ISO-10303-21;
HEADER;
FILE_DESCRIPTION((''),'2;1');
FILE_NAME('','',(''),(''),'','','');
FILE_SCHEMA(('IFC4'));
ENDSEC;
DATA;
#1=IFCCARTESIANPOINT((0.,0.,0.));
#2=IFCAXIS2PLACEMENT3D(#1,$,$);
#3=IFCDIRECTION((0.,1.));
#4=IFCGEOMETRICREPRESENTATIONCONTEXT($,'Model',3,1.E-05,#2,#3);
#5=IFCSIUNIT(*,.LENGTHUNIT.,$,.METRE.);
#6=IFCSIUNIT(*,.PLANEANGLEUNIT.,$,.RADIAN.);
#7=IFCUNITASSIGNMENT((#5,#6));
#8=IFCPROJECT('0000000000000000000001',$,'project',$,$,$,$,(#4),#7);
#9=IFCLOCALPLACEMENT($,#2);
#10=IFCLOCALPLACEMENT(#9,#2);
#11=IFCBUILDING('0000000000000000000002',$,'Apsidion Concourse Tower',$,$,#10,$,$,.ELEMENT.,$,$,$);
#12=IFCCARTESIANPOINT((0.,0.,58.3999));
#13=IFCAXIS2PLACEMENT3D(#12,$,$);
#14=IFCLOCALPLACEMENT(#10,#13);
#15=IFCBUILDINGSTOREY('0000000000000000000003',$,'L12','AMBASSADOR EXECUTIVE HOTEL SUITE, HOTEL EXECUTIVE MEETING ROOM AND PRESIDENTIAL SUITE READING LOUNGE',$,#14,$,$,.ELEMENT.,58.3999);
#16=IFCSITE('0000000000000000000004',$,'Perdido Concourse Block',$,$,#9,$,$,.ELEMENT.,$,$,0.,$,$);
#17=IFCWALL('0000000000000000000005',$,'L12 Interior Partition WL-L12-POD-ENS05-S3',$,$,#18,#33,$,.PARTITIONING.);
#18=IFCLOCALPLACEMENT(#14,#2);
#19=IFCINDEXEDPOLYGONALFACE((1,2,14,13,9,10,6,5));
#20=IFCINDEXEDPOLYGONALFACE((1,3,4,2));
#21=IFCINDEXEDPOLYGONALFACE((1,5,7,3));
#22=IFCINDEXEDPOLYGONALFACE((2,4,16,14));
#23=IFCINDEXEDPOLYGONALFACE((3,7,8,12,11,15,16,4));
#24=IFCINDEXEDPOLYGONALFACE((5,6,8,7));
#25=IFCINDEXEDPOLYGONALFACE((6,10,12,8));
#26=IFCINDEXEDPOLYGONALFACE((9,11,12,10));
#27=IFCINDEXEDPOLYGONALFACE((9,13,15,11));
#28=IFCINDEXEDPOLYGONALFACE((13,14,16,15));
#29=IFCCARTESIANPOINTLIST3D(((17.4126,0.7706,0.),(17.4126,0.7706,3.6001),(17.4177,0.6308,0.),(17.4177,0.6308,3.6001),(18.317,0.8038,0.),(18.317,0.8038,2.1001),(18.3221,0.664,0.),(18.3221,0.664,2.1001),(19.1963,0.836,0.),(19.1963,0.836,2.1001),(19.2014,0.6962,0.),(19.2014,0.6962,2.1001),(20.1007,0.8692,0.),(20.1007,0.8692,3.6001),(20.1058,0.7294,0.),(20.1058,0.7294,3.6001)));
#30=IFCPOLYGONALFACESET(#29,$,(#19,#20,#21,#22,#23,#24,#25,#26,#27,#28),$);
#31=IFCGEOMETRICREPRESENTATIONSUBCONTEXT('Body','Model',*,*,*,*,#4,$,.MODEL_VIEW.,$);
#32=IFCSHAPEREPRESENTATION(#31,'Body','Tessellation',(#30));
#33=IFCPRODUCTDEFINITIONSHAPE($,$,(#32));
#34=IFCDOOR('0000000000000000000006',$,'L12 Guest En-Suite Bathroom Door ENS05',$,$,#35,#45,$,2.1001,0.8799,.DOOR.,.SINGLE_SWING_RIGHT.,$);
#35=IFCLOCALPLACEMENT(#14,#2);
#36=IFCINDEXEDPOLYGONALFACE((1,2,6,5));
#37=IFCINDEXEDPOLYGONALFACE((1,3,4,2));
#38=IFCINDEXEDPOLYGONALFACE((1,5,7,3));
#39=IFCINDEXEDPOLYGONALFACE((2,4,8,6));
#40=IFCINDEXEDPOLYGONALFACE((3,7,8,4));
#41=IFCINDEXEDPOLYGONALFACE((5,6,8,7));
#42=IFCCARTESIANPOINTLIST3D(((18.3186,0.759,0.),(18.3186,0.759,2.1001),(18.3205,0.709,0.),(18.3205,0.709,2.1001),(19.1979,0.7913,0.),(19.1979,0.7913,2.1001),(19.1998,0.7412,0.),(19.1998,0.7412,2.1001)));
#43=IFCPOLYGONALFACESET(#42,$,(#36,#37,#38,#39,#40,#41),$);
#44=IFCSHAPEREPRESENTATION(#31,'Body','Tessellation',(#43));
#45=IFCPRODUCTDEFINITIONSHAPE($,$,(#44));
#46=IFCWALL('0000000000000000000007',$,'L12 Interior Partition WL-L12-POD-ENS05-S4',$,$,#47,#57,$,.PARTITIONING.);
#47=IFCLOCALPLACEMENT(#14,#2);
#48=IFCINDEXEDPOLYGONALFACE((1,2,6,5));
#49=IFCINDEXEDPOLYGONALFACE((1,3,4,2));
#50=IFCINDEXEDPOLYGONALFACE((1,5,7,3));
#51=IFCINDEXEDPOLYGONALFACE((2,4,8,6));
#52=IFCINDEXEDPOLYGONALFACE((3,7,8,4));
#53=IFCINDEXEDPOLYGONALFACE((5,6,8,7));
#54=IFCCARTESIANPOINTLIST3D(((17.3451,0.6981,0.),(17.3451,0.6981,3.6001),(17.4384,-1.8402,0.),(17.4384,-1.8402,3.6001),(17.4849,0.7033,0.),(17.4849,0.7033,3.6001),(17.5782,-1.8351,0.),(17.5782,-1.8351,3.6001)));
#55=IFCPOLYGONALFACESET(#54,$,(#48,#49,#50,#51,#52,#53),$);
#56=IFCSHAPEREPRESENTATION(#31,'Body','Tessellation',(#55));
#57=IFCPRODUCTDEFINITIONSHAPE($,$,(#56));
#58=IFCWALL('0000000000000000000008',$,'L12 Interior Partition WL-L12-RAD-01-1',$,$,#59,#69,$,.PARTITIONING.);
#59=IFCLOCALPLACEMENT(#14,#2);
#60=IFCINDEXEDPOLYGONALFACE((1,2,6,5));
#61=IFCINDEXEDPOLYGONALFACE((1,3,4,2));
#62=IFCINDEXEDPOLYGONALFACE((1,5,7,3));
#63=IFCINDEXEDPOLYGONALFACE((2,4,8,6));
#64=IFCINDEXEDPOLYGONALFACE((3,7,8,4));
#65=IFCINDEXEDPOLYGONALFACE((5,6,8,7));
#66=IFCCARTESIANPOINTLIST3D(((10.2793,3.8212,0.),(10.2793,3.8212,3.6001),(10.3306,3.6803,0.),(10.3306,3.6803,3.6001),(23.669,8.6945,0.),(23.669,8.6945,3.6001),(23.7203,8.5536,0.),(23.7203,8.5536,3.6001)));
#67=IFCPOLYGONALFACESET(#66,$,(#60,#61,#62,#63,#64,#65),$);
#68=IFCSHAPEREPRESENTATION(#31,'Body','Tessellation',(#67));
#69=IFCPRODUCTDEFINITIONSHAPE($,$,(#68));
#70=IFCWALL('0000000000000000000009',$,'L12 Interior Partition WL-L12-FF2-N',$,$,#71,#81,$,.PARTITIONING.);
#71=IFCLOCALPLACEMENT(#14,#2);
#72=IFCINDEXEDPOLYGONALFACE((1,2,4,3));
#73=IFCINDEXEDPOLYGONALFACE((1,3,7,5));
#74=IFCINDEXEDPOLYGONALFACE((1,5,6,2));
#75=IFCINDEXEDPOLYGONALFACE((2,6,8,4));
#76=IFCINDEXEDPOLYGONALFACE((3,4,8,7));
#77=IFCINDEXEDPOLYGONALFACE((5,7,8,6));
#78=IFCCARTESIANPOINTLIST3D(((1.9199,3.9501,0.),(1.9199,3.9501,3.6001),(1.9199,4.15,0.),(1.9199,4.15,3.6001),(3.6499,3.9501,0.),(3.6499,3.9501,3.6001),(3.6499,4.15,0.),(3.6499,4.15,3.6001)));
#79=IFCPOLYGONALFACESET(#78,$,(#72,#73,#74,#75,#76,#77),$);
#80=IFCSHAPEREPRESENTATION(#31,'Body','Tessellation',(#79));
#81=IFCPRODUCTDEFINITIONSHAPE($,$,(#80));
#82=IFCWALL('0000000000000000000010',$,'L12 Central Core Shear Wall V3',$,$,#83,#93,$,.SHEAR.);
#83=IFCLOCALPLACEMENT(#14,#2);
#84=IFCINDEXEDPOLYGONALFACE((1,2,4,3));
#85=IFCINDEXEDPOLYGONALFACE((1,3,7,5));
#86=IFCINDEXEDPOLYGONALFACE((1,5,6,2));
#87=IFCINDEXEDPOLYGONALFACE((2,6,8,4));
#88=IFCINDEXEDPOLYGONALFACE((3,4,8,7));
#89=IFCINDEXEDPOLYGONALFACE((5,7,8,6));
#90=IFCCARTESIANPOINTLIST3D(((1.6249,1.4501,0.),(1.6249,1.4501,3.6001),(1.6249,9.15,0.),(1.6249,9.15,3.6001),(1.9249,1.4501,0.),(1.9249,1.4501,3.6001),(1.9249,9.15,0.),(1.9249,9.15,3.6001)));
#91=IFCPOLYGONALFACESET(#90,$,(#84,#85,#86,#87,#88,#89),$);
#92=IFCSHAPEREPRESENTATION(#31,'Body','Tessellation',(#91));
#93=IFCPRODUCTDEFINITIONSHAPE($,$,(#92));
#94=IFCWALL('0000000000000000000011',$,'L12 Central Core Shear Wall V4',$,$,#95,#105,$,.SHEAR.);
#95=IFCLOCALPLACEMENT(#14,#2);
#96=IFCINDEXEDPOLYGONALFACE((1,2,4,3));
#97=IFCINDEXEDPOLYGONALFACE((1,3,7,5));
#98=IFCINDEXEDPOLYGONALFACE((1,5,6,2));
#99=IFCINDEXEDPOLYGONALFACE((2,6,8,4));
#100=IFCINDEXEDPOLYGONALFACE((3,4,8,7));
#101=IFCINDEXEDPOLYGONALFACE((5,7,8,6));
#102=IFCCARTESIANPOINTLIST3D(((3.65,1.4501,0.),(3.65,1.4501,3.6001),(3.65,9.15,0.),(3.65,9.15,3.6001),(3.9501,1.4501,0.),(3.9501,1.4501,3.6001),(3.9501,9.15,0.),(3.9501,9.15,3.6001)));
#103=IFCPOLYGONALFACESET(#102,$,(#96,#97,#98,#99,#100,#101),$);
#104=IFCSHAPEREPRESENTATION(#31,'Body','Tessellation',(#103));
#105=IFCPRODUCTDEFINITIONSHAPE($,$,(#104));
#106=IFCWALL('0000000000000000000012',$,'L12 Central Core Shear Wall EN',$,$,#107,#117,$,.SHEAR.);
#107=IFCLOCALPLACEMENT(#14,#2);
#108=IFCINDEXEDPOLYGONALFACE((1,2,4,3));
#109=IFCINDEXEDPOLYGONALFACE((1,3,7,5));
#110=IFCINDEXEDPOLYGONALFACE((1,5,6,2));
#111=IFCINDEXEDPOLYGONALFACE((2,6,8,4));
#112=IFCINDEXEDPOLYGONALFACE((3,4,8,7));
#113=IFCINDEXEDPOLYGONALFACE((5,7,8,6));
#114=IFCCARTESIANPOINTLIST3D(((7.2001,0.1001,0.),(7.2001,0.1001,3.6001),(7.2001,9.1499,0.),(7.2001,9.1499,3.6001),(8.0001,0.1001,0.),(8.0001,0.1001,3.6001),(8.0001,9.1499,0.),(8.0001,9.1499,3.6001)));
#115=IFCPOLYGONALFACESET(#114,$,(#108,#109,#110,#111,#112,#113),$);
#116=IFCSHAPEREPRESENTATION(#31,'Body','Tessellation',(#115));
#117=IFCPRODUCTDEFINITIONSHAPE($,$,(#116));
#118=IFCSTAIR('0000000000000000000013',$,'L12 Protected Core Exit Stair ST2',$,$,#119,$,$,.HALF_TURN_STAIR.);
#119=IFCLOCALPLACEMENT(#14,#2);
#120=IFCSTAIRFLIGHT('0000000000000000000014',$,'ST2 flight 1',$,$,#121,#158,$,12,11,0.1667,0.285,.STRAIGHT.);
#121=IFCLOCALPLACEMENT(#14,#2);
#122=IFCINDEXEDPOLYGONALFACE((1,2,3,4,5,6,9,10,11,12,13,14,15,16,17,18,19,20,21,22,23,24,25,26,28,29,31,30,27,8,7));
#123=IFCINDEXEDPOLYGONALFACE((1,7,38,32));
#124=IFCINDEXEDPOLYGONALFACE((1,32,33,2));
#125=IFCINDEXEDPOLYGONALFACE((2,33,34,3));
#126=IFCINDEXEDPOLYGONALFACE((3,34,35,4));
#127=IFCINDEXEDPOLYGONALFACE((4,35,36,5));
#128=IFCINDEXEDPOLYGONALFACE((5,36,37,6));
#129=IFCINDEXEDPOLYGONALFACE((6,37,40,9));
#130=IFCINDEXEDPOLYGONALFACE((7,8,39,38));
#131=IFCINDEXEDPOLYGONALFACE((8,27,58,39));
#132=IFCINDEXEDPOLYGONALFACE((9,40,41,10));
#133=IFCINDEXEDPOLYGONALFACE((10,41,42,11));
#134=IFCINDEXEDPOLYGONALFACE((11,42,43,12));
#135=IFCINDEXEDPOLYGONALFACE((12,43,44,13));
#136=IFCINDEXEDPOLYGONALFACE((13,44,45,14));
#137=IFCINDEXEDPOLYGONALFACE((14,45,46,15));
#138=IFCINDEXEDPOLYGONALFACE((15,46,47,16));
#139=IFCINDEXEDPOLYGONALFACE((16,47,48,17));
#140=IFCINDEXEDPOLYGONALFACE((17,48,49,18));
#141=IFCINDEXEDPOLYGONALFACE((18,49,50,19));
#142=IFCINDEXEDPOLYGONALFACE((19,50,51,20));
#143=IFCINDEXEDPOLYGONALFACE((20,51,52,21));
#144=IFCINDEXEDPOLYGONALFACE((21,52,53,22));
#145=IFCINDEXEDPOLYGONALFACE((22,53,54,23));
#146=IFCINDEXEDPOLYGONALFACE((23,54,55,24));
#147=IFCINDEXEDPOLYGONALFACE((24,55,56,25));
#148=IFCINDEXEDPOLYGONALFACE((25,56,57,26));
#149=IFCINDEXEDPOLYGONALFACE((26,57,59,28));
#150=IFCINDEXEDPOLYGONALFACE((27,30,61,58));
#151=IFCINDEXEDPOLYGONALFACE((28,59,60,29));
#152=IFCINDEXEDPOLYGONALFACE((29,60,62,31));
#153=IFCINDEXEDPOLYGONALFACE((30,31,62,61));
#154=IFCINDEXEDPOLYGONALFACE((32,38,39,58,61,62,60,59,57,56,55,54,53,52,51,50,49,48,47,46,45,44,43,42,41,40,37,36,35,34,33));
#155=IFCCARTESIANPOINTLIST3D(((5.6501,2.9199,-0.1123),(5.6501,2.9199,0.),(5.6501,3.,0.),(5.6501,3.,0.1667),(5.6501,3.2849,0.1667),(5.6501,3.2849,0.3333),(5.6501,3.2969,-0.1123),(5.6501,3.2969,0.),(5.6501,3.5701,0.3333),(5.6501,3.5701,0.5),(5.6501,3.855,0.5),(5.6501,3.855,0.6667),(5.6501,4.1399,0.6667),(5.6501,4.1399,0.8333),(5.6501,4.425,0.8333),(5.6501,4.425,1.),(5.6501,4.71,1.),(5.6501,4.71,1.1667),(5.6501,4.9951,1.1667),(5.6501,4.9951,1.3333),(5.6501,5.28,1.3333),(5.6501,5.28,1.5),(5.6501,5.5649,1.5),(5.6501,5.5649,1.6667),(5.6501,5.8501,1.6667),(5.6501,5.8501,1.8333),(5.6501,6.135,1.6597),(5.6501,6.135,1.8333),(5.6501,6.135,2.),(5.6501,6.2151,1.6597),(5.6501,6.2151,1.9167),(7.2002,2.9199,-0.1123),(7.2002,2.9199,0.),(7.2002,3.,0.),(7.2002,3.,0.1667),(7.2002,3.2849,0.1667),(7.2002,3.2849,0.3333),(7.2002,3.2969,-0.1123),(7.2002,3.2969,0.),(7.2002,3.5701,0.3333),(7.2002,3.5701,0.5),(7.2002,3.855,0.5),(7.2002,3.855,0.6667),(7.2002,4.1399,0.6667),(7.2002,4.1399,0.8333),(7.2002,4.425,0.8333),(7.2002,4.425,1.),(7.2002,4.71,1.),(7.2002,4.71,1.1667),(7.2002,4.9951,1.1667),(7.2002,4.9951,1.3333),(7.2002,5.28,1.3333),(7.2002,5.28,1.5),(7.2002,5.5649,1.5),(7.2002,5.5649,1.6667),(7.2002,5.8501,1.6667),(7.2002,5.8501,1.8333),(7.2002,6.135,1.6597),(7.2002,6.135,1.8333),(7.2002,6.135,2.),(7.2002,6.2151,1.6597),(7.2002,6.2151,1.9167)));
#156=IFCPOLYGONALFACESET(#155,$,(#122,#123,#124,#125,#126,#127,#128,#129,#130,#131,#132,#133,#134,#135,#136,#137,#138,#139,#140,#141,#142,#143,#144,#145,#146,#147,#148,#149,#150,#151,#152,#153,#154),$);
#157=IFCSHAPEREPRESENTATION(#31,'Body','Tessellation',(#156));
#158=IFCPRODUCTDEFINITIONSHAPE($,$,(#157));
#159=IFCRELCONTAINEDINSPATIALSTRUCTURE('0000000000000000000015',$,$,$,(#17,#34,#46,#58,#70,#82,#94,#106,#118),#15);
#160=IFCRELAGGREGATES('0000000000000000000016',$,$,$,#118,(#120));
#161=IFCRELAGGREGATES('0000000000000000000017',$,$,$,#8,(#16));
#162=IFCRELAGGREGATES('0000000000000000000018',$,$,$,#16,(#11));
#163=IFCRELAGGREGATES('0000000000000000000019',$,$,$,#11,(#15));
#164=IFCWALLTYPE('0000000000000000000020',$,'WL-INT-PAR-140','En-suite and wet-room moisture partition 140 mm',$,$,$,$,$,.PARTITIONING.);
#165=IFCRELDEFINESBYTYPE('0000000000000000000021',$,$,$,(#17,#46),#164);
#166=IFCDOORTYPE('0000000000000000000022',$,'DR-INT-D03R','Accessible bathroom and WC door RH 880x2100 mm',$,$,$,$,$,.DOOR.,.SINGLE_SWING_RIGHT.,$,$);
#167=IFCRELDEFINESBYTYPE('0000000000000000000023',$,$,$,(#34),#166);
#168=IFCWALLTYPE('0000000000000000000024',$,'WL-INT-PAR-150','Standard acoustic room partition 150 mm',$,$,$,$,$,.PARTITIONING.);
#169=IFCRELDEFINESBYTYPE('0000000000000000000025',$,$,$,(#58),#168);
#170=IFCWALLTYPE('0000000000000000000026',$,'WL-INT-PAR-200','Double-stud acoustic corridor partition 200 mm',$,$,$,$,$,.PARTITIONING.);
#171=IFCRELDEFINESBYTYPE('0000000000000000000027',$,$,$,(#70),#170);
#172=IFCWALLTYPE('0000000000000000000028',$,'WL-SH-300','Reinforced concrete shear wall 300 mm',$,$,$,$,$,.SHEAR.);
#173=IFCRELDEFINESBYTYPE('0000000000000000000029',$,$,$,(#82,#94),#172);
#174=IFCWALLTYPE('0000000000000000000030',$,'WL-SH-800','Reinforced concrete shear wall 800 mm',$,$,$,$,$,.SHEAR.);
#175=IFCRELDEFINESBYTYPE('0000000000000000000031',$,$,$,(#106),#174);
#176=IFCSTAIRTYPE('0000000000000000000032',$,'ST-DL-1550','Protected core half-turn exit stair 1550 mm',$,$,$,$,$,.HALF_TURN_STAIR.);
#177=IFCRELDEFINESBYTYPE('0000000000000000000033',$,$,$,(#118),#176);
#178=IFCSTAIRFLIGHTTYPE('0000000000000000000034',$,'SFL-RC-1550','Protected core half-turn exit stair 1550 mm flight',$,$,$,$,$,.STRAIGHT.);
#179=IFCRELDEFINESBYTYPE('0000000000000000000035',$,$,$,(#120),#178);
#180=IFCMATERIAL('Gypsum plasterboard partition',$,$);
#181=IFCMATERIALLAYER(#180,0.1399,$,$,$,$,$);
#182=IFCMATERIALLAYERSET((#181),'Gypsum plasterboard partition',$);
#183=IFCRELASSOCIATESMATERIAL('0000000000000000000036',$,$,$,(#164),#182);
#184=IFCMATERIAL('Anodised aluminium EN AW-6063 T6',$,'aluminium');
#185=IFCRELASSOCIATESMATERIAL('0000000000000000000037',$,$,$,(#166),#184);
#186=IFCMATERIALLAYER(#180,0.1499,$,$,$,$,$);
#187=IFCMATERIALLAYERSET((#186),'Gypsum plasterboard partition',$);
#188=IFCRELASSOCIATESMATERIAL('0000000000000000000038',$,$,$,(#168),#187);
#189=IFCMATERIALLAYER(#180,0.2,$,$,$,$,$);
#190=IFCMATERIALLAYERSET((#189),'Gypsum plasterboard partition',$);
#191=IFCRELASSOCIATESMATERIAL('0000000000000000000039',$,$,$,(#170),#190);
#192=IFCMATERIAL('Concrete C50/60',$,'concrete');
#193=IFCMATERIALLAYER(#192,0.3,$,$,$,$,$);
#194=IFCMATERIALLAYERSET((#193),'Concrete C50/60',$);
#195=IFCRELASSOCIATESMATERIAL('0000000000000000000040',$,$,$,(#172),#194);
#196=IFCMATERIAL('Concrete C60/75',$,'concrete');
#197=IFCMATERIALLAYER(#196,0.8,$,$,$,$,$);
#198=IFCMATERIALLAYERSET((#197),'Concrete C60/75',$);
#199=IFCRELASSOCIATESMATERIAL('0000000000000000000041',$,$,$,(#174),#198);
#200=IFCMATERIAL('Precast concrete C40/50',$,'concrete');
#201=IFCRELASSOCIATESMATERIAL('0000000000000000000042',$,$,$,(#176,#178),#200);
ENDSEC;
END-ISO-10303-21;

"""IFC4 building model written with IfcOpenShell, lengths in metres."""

from ifc_helpers import new_model, si_unit, direction, frame, frame_2d, origin, place, context, subcontext, project, spatial, polyline, rectangle, outline, extrude, material, layer, layer_set, type_object, element, fill, aggregate, save


model = new_model("IFC4")

# Units and contexts
model_context = context("Model", 3, precision=1e-05, world=origin(), true_north=direction((0.0, 1.0)))
body_context = subcontext(model_context, "Body", "Model", "MODEL_VIEW")
ifc_project = project(units=[si_unit("LENGTHUNIT", "METRE"), si_unit("PLANEANGLEUNIT", "RADIAN")], contexts=[model_context])

# Site, building, storey
site_placement = place(None, origin())
site = spatial("IfcSite", under=ifc_project, at=site_placement, Name="Perdido Concourse Block", CompositionType="ELEMENT", RefElevation=0.0)
building_placement = place(site_placement, origin())
building = spatial("IfcBuilding", under=site, at=building_placement, Name="Apsidion Concourse Tower", CompositionType="ELEMENT")
storey_placement = place(building_placement, frame((0.0, 0.0, 58.3999)))
storey = spatial("IfcBuildingStorey", under=building, at=storey_placement, Name="L12", Description="AMBASSADOR EXECUTIVE HOTEL SUITE, HOTEL EXECUTIVE MEETING ROOM AND PRESIDENTIAL SUITE READING LOUNGE", CompositionType="ELEMENT", Elevation=58.3999)

# Shared definitions
ifc_material_1 = material(Name="Concrete C60/75", Category="concrete")

# Wall, opening, door
ifc_material_2 = material(Name="Gypsum plasterboard partition")
ifc_layer_1 = layer(ifc_material_2, 0.1399)
ifc_layer_set_1 = layer_set([ifc_layer_1], Name="Gypsum plasterboard partition")
wall_type_1 = type_object("IfcWallType", Name="WL-INT-PAR-140", Description="En-suite and wet-room moisture partition 140 mm", PredefinedType="PARTITIONING", material=ifc_layer_set_1)
wall_1_placement = place(storey_placement, frame((20.1033, 0.7993, 0.0), z_axis=(0.0, 0.0, 1.0), x_axis=(-0.999328, -0.036666, 0.0)))
wall_1 = element("IfcWall", 1, at=wall_1_placement, inside=storey, type_object=wall_type_1, Name="L12 Interior Partition WL-L12-POD-ENS05-S3", PredefinedType="PARTITIONING", context=body_context, shape_type="SweptSolid", body=[
    extrude(rectangle(XDim=2.6899, YDim=0.1399, at=frame_2d((1.345, 0.0))), origin(), (0.0, 0.0, 1.0), 3.6001),
])
opening_placement = place(wall_1_placement, frame((0.905, 0.0, 0.0)))
opening = element("IfcOpeningElement", 2, at=opening_placement, cuts=wall_1, PredefinedType="OPENING", context=body_context, shape_type="SweptSolid", body=[
    extrude(rectangle(XDim=0.8799, YDim=2.1001, at=frame_2d((0.4399, 1.05))), frame((0.0, 0.0801, 0.0), z_axis=(0.0, -1.0, 0.0), x_axis=(1.0, 0.0, 0.0)), (0.0, 0.0, 1.0), 0.1599),
])
ifc_material_3 = material(Name="Anodised aluminium EN AW-6063 T6", Category="aluminium")
door_type = type_object("IfcDoorType", Name="DR-INT-D03R", Description="Accessible bathroom and WC door RH 880x2100 mm", OperationType="SINGLE_SWING_RIGHT", PredefinedType="DOOR", material=ifc_material_3)
door_placement = place(opening_placement, origin())
door = element("IfcDoor", 3, at=door_placement, inside=storey, type_object=door_type, Name="L12 Guest En-Suite Bathroom Door ENS05", OperationType="SINGLE_SWING_RIGHT", OverallHeight=2.1001, OverallWidth=0.8799, PredefinedType="DOOR", context=body_context, shape_type="SweptSolid", body=[
    extrude(rectangle(XDim=0.8799, YDim=2.1001, at=frame_2d((0.4399, 1.05))), frame((0.0, 0.0249, 0.0), z_axis=(0.0, -1.0, 0.0), x_axis=(1.0, 0.0, 0.0)), (0.0, 0.0, 1.0), 0.05),
])
fill(opening, door)

# Walls
wall_2_placement = place(storey_placement, frame((17.415, 0.7007, 0.0), z_axis=(0.0, 0.0, 1.0), x_axis=(0.036717, -0.999326, 0.0)))
element("IfcWall", 4, at=wall_2_placement, inside=storey, type_object=wall_type_1, Name="L12 Interior Partition WL-L12-POD-ENS05-S4", PredefinedType="PARTITIONING", context=body_context, shape_type="SweptSolid", body=[
    extrude(rectangle(XDim=2.54, YDim=0.1399, at=frame_2d((1.27, 0.0))), origin(), (0.0, 0.0, 1.0), 3.6001),
])
ifc_layer_2 = layer(ifc_material_2, 0.1499)
ifc_layer_set_2 = layer_set([ifc_layer_2], Name="Gypsum plasterboard partition")
wall_type_2 = type_object("IfcWallType", Name="WL-INT-PAR-150", Description="Standard acoustic room partition 150 mm", PredefinedType="PARTITIONING", material=ifc_layer_set_2)
wall_3_placement = place(storey_placement, frame((10.3049, 3.7507, 0.0), z_axis=(0.0, 0.0, 1.0), x_axis=(0.939696, 0.342011, 0.0)))
element("IfcWall", 5, at=wall_3_placement, inside=storey, type_object=wall_type_2, Name="L12 Interior Partition WL-L12-RAD-01-1", PredefinedType="PARTITIONING", context=body_context, shape_type="SweptSolid", body=[
    extrude(rectangle(XDim=14.249, YDim=0.1499, at=frame_2d((7.1245, 0.0))), origin(), (0.0, 0.0, 1.0), 3.6001),
])
ifc_layer_3 = layer(ifc_material_2, 0.2)
ifc_layer_set_3 = layer_set([ifc_layer_3], Name="Gypsum plasterboard partition")
wall_type_3 = type_object("IfcWallType", Name="WL-INT-PAR-200", Description="Double-stud acoustic corridor partition 200 mm", PredefinedType="PARTITIONING", material=ifc_layer_set_3)
wall_4_placement = place(storey_placement, frame((1.9199, 4.05, 0.0), z_axis=(0.0, 0.0, 1.0), x_axis=(1.0, 0.0, 0.0)))
element("IfcWall", 6, at=wall_4_placement, inside=storey, type_object=wall_type_3, Name="L12 Interior Partition WL-L12-FF2-N", PredefinedType="PARTITIONING", context=body_context, shape_type="SweptSolid", body=[
    extrude(rectangle(XDim=1.73, YDim=0.2, at=frame_2d((0.865, 0.0))), origin(), (0.0, 0.0, 1.0), 3.6001),
])
ifc_material_4 = material(Name="Concrete C50/60", Category="concrete")
ifc_layer_4 = layer(ifc_material_4, 0.3)
ifc_layer_set_4 = layer_set([ifc_layer_4], Name="Concrete C50/60")
wall_type_4 = type_object("IfcWallType", Name="WL-SH-300", Description="Reinforced concrete shear wall 300 mm", PredefinedType="SHEAR", material=ifc_layer_set_4)
for number, where, z_axis, x_axis, name in (
    (7, (1.7749, 1.45, 0.0), (0.0, 0.0, 1.0), (0.0, 1.0, 0.0), "L12 Central Core Shear Wall V3"),
    (8, (3.8, 1.45, 0.0), (0.0, 0.0, 1.0), (0.0, 1.0, 0.0), "L12 Central Core Shear Wall V4"),
):
    element("IfcWall", number, at=place(storey_placement, frame(where, z_axis=z_axis, x_axis=x_axis)), inside=storey, type_object=wall_type_4, Name=name, PredefinedType="SHEAR", context=body_context, shape_type="SweptSolid", body=[
        extrude(rectangle(XDim=7.7, YDim=0.3, at=frame_2d((3.8501, 0.0))), origin(), (0.0, 0.0, 1.0), 3.6001),
    ])
ifc_layer_5 = layer(ifc_material_1, 0.8)
ifc_layer_set_5 = layer_set([ifc_layer_5], Name="Concrete C60/75")
wall_type_5 = type_object("IfcWallType", Name="WL-SH-800", Description="Reinforced concrete shear wall 800 mm", PredefinedType="SHEAR", material=ifc_layer_set_5)
wall_5_placement = place(storey_placement, frame((7.6001, 0.1001, 0.0), z_axis=(0.0, 0.0, 1.0), x_axis=(0.0, 1.0, 0.0)))
element("IfcWall", 9, at=wall_5_placement, inside=storey, type_object=wall_type_5, Name="L12 Central Core Shear Wall EN", PredefinedType="SHEAR", context=body_context, shape_type="SweptSolid", body=[
    extrude(rectangle(XDim=9.0498, YDim=0.8, at=frame_2d((4.5249, 0.0))), origin(), (0.0, 0.0, 1.0), 3.6001),
])

# Stair, stair flight
ifc_material_5 = material(Name="Precast concrete C40/50", Category="concrete")
stair_type = type_object("IfcStairType", Name="ST-DL-1550", Description="Protected core half-turn exit stair 1550 mm", PredefinedType="HALF_TURN_STAIR", material=ifc_material_5)
stair_1_placement = place(storey_placement, origin())
stair_1 = element("IfcStair", 10, at=stair_1_placement, inside=storey, type_object=stair_type, Name="L12 Protected Core Exit Stair ST2", PredefinedType="HALF_TURN_STAIR")
stair_flight_type = type_object("IfcStairFlightType", Name="SFL-RC-1550", Description="Protected core half-turn exit stair 1550 mm flight", PredefinedType="STRAIGHT", material=ifc_material_5)
stair_flight_1_placement = place(storey_placement, frame((6.425, 3.0, 0.0), z_axis=(0.0, 0.0, 1.0), x_axis=(0.0, 1.0, 0.0)))
stair_flight_1 = element("IfcStairFlight", 11, at=stair_flight_1_placement, type_object=stair_flight_type, Name="ST2 flight 1", NumberOfRisers=12, NumberOfTreads=11, PredefinedType="STRAIGHT", RiserHeight=0.1667, TreadLength=0.285, context=body_context, shape_type="SweptSolid", body=[
    extrude(outline(polyline([(-0.0801, -0.1123), (-0.0801, 0.0), (0.0, 0.0), (0.0, 0.1667), (0.2849, 0.1667), (0.2849, 0.3333), (0.5701, 0.3333), (0.5701, 0.5), (0.855, 0.5), (0.855, 0.6667), (1.1399, 0.6667), (1.1399, 0.8333), (1.425, 0.8333), (1.425, 1.0), (1.71, 1.0), (1.71, 1.1667), (1.9951, 1.1667), (1.9951, 1.3333), (2.28, 1.3333), (2.28, 1.5), (2.5649, 1.5), (2.5649, 1.6667), (2.8501, 1.6667), (2.8501, 1.8333), (3.135, 1.8333), (3.135, 2.0), (3.2151, 1.9167), (3.2151, 1.6597), (3.135, 1.6597), (0.2969, 0.0), (0.2969, -0.1123), (-0.0801, -0.1123)])), frame((0.0, 0.7749, 0.0), z_axis=(0.0, -1.0, 0.0), x_axis=(1.0, 0.0, 0.0)), (0.0, 0.0, 1.0), 1.55),
])
aggregate(stair_1, [stair_flight_1])

save(model, "model.ifc")
